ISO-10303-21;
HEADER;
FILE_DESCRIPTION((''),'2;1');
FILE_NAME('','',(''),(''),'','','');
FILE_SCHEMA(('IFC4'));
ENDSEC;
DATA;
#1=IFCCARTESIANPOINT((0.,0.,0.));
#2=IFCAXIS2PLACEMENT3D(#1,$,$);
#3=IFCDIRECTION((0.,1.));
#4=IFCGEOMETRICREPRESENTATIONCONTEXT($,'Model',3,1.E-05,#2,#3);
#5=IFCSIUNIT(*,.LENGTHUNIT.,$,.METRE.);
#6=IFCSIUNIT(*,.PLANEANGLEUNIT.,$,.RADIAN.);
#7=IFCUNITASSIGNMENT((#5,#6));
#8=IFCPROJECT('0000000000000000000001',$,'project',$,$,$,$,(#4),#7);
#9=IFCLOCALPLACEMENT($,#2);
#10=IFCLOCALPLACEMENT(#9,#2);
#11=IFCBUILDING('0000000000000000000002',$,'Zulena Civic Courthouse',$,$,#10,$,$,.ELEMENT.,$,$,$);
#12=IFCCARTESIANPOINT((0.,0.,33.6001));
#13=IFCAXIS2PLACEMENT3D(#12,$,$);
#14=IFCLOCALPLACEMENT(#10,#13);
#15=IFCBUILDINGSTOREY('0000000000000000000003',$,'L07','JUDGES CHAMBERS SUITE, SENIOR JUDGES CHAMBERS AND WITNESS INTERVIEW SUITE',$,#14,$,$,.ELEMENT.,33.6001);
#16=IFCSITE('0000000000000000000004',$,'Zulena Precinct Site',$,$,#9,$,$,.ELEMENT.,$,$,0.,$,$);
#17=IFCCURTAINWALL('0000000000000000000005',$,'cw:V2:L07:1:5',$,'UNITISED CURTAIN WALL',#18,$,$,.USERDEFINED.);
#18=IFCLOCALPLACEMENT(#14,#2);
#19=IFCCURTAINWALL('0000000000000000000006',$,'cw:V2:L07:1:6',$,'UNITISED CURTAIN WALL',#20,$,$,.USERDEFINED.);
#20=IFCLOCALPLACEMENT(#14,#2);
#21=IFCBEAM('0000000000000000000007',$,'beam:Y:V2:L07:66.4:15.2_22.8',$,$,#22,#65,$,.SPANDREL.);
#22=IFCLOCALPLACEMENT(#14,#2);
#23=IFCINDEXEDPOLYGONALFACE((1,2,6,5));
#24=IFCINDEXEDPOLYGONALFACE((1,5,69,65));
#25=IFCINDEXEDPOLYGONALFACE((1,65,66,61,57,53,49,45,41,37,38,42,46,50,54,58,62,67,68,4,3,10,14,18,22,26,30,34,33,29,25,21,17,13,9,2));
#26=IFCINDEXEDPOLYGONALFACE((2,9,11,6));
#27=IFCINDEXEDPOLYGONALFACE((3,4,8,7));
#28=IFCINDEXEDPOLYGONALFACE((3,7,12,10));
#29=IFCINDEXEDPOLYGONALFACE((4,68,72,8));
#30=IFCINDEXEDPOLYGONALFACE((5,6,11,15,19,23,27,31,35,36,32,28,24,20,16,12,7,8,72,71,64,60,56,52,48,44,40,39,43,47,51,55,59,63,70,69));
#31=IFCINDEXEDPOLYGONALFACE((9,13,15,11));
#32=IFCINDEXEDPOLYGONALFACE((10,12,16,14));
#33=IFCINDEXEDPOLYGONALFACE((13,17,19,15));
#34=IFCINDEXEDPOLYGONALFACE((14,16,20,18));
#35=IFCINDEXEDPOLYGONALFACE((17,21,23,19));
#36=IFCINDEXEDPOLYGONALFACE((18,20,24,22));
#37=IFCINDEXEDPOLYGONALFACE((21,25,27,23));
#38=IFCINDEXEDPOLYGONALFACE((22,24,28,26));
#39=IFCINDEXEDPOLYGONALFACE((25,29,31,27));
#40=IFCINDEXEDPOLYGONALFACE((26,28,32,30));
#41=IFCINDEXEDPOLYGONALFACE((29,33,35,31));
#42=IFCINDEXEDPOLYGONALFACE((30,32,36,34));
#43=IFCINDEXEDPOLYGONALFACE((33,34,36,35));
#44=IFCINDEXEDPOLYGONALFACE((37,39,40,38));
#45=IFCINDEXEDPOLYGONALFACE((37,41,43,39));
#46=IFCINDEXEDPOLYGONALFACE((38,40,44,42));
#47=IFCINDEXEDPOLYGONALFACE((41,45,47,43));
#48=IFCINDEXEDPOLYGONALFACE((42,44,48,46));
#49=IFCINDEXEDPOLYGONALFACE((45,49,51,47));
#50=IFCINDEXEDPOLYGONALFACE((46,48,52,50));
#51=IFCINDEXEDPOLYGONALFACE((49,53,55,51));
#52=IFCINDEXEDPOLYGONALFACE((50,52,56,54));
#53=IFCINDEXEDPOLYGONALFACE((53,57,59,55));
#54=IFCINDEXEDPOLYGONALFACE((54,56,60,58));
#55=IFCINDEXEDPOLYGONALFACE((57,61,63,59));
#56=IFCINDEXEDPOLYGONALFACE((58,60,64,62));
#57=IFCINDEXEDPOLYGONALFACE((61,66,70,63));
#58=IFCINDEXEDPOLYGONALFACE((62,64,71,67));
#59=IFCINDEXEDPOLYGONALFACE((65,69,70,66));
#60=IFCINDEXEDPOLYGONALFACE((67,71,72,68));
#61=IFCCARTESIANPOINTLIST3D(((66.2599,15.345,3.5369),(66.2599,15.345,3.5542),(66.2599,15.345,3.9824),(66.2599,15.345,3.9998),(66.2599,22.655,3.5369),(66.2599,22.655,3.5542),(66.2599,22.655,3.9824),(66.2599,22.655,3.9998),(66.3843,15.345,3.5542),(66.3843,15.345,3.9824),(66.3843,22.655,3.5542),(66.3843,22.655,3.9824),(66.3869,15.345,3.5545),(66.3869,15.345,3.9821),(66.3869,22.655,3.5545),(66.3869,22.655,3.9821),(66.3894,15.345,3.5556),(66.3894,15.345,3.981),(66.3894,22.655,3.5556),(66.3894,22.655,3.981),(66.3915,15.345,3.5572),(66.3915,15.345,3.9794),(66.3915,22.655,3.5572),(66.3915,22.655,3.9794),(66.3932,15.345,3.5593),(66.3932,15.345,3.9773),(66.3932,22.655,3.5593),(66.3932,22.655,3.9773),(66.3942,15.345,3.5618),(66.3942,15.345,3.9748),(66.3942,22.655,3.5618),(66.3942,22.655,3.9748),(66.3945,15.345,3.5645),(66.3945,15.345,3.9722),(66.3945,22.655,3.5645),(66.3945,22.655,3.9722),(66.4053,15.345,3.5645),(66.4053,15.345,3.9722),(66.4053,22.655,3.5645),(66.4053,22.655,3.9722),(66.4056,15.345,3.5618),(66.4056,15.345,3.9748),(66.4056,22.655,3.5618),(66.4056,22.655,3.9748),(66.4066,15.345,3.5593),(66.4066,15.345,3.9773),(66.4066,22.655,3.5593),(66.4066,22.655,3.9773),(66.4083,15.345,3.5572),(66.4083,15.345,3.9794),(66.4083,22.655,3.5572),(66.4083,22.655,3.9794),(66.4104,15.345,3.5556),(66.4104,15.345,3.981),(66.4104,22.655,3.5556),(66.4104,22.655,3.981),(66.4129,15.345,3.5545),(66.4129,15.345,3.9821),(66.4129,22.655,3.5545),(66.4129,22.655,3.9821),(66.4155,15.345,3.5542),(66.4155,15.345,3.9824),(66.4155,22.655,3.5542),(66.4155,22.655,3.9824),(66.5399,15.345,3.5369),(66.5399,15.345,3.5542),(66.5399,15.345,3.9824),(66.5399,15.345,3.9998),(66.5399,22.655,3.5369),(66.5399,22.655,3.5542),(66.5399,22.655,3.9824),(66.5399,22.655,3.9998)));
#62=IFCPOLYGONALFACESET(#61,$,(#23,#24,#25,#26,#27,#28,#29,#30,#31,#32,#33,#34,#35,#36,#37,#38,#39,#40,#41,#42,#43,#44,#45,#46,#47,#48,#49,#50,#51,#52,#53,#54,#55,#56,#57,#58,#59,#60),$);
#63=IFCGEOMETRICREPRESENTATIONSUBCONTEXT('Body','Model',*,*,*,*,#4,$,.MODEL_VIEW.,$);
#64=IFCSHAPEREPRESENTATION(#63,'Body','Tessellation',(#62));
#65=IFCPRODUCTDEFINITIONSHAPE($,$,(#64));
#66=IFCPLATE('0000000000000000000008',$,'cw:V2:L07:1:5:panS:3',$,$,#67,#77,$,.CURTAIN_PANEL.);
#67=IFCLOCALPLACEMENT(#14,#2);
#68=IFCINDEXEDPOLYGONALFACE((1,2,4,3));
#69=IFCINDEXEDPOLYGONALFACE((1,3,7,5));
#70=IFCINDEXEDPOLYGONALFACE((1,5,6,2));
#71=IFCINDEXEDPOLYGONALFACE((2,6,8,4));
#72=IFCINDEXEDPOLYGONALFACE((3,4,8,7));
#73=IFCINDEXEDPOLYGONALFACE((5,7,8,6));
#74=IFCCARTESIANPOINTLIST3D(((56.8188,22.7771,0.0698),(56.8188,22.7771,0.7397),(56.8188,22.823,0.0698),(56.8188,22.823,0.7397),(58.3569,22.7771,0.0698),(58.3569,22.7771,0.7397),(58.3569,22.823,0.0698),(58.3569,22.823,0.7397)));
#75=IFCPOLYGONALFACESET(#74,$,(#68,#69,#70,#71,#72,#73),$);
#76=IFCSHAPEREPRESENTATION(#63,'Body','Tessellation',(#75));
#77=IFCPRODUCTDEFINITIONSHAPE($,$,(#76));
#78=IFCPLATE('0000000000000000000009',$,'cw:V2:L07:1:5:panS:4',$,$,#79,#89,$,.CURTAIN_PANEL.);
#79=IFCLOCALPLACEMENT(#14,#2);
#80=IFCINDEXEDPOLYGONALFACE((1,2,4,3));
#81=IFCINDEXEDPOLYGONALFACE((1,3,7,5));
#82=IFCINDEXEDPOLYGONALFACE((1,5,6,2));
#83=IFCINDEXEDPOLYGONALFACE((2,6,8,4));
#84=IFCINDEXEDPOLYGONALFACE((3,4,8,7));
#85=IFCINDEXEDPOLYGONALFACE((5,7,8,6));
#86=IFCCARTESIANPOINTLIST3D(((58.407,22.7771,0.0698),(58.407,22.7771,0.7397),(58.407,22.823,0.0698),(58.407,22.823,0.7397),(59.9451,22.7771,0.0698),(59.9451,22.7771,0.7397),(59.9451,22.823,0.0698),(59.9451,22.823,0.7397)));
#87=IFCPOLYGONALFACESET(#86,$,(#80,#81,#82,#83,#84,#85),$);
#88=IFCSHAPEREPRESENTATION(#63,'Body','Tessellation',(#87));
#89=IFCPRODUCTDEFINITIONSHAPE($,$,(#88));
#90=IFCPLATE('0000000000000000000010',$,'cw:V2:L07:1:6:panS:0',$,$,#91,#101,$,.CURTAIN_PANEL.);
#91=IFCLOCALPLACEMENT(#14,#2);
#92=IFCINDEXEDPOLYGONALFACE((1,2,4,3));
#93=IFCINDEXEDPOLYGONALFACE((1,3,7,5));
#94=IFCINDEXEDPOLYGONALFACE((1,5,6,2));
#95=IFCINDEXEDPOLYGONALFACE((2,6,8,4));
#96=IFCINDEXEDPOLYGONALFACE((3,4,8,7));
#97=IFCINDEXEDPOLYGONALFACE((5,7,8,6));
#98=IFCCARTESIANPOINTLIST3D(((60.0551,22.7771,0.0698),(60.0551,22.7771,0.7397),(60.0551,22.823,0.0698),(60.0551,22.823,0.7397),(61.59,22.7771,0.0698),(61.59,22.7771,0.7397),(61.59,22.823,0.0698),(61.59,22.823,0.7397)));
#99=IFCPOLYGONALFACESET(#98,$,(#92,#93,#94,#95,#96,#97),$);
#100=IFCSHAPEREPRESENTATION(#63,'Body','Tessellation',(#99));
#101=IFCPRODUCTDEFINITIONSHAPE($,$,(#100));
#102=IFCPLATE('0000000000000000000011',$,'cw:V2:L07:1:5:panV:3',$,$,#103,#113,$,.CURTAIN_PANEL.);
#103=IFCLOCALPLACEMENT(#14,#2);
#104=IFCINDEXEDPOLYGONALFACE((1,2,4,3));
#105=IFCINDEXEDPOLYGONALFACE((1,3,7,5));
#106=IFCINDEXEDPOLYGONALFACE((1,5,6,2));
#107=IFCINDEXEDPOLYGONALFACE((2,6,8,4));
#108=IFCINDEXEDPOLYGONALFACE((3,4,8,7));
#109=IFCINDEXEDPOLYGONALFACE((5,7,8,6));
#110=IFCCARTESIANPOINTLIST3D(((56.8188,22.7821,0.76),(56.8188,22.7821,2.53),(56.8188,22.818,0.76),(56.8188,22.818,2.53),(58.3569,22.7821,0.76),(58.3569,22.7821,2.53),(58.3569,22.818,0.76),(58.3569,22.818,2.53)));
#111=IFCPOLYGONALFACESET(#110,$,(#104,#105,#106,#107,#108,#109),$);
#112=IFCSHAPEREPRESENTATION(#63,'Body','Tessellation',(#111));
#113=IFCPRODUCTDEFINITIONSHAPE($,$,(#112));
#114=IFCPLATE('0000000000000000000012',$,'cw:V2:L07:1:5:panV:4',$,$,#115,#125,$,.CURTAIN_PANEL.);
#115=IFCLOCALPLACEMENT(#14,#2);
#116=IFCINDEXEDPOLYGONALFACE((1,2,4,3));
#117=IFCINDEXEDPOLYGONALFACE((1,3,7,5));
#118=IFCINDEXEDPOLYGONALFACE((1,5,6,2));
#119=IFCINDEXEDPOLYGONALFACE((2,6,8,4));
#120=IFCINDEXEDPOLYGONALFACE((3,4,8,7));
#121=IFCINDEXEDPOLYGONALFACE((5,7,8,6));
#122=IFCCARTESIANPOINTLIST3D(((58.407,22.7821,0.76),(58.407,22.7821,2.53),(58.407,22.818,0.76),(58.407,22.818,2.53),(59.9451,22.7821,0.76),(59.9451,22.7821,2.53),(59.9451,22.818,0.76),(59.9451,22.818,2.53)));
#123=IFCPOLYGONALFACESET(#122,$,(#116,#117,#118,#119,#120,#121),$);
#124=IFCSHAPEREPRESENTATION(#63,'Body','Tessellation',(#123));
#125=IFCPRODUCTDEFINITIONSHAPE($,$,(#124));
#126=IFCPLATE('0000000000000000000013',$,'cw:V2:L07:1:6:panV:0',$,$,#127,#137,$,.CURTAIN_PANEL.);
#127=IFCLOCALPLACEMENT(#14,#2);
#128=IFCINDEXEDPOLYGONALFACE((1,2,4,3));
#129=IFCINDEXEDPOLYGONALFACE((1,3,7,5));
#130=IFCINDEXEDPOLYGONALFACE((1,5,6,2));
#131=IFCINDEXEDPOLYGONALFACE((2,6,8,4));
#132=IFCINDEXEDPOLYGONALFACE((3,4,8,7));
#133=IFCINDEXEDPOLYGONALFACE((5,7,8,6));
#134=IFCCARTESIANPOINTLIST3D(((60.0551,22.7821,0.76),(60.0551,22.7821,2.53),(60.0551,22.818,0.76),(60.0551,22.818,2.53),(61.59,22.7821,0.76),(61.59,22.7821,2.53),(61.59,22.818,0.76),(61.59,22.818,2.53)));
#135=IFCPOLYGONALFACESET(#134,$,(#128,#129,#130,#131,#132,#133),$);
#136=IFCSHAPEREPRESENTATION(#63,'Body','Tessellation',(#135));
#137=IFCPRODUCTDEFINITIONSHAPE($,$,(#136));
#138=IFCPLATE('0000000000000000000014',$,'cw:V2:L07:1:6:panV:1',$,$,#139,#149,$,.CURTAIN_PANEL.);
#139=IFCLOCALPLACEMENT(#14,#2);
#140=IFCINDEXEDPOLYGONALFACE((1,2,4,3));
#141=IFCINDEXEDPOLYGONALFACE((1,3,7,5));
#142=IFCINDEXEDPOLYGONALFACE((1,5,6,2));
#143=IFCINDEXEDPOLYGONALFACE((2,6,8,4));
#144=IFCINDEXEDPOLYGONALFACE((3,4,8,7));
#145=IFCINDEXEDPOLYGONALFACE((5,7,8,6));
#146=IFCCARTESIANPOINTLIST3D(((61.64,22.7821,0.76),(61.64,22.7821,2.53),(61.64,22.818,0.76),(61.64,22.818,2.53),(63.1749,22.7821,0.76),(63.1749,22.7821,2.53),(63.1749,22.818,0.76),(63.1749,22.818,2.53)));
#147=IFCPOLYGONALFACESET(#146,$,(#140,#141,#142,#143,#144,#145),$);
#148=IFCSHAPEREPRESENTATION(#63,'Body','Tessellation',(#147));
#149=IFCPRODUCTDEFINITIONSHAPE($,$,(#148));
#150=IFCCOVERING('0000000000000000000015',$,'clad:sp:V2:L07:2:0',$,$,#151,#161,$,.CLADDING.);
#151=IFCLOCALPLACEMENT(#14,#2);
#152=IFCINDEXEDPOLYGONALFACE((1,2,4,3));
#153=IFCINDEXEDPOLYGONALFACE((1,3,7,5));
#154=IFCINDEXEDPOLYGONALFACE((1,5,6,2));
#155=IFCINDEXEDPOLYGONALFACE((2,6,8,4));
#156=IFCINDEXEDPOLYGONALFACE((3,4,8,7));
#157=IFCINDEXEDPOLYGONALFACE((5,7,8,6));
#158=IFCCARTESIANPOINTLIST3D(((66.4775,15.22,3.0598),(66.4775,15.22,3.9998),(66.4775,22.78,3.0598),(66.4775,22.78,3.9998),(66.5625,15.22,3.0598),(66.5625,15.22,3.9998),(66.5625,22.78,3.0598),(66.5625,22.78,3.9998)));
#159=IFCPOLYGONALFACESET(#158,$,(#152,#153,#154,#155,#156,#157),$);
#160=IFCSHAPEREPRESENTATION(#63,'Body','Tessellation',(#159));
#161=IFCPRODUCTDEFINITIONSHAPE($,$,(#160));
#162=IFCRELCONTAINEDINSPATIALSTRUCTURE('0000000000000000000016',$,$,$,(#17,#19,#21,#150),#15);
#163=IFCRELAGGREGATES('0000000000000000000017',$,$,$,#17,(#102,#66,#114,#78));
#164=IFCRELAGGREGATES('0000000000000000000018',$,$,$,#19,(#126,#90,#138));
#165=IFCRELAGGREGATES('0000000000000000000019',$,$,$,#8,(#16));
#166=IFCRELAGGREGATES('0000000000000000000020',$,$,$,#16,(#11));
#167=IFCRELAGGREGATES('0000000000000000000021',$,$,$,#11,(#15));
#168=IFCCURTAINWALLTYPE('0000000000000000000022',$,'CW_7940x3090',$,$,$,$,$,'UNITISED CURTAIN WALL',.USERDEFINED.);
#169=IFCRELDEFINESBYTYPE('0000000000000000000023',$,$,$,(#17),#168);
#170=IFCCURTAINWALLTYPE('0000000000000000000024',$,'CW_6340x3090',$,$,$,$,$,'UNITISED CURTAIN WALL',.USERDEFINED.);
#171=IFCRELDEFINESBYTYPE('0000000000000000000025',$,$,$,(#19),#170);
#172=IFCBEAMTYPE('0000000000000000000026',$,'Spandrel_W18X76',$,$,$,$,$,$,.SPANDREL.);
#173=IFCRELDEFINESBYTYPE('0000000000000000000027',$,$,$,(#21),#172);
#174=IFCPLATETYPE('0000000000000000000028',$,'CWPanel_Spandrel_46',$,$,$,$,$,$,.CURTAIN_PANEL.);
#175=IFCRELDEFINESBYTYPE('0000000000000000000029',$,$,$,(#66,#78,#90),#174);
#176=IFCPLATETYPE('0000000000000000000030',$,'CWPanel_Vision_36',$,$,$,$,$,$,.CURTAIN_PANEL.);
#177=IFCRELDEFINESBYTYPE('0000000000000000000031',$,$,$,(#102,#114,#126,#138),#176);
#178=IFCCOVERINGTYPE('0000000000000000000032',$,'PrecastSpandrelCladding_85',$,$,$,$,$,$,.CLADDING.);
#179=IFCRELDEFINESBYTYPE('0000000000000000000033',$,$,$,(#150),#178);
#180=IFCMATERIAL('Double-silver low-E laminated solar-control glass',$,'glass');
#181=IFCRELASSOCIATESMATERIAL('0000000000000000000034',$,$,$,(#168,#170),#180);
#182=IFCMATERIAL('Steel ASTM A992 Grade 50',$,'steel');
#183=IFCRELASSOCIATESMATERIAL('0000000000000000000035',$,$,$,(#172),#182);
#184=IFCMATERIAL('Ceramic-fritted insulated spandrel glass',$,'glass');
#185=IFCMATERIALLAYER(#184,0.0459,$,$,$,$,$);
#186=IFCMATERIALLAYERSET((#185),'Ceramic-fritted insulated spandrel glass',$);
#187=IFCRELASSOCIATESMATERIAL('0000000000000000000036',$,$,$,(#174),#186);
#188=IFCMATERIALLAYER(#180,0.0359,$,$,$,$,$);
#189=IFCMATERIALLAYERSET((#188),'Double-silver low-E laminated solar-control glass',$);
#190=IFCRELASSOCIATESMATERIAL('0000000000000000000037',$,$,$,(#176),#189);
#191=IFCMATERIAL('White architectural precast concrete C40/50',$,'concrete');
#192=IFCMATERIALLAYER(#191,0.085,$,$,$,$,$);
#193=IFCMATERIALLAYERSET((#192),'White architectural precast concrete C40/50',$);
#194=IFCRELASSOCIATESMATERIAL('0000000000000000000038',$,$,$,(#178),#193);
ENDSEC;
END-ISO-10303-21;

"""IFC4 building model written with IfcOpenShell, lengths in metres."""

from ifc_helpers import new_model, si_unit, direction, frame, origin, origin_2d, place, context, subcontext, project, spatial, rectangle, i_section, extrude, material, layer, layer_set, material_profile, profile_set, type_object, element, aggregate, save


model = new_model("IFC4")

# Units and contexts
model_context = context("Model", 3, precision=1e-05, world=origin(), true_north=direction((0.0, 1.0)))
body_context = subcontext(model_context, "Body", "Model", "MODEL_VIEW")
ifc_project = project(units=[si_unit("LENGTHUNIT", "METRE"), si_unit("PLANEANGLEUNIT", "RADIAN")], contexts=[model_context])

# Site, building, storey
site_placement = place(None, origin())
site = spatial("IfcSite", under=ifc_project, at=site_placement, Name="Zulena Precinct Site", CompositionType="ELEMENT", RefElevation=0.0)
building_placement = place(site_placement, origin())
building = spatial("IfcBuilding", under=site, at=building_placement, Name="Zulena Civic Courthouse", CompositionType="ELEMENT")
storey_placement = place(building_placement, frame((0.0, 0.0, 33.6001)))
storey = spatial("IfcBuildingStorey", under=building, at=storey_placement, Name="L07", Description="JUDGES CHAMBERS SUITE, SENIOR JUDGES CHAMBERS AND WITNESS INTERVIEW SUITE", CompositionType="ELEMENT", Elevation=33.6001)

# Shared definitions
ifc_material_1 = material(Name="Steel ASTM A992 Grade 50", Category="steel")

# Curtain walls
ifc_material_2 = material(Name="Double-silver low-E laminated solar-control glass", Category="glass")
curtain_wall_type_1 = type_object("IfcCurtainWallType", Name="CW_7940x3090", ElementType="UNITISED CURTAIN WALL", PredefinedType="USERDEFINED", material=ifc_material_2)
curtain_wall_1_placement = place(storey_placement, origin())
curtain_wall_1 = element("IfcCurtainWall", 1, at=curtain_wall_1_placement, inside=storey, type_object=curtain_wall_type_1, Name="cw:V2:L07:1:5", ObjectType="UNITISED CURTAIN WALL", PredefinedType="USERDEFINED")
curtain_wall_type_2 = type_object("IfcCurtainWallType", Name="CW_6340x3090", ElementType="UNITISED CURTAIN WALL", PredefinedType="USERDEFINED", material=ifc_material_2)
curtain_wall_2_placement = place(storey_placement, origin())
curtain_wall_2 = element("IfcCurtainWall", 2, at=curtain_wall_2_placement, inside=storey, type_object=curtain_wall_type_2, Name="cw:V2:L07:1:6", ObjectType="UNITISED CURTAIN WALL", PredefinedType="USERDEFINED")

# Beam
ifc_material_profile_1 = material_profile(ifc_material_1, i_section(OverallWidth=0.28, OverallDepth=0.4629, WebThickness=0.0107, FlangeThickness=0.0173, FilletRadius=0.0103, at=origin_2d()), Name="W18X76")
ifc_profile_set_1 = profile_set([ifc_material_profile_1], Name="Steel ASTM A992 Grade 50")
beam_type_1 = type_object("IfcBeamType", Name="Spandrel_W18X76", PredefinedType="SPANDREL", material=ifc_profile_set_1)
for number, where, z_axis, x_axis, name in (
    (3, (66.3999, 15.345, 3.7683), (0.0, 1.0, 0.0), (-1.0, 0.0, 0.0), "beam:Y:V2:L07:66.4:15.2_22.8"),
):
    element("IfcBeam", number, at=place(storey_placement, frame(where, z_axis=z_axis, x_axis=x_axis)), inside=storey, type_object=beam_type_1, Name=name, PredefinedType="SPANDREL", context=body_context, shape_type="SweptSolid", body=[
        extrude(i_section(OverallWidth=0.28, OverallDepth=0.4629, WebThickness=0.0107, FlangeThickness=0.0173, FilletRadius=0.0103, at=origin_2d()), origin(), (0.0, 0.0, 1.0), 7.3101),
    ])

# Plates
ifc_material_3 = material(Name="Ceramic-fritted insulated spandrel glass", Category="glass")
ifc_layer_1 = layer(ifc_material_3, 0.0459)
ifc_layer_set_1 = layer_set([ifc_layer_1], Name="Ceramic-fritted insulated spandrel glass")
plate_type_1 = type_object("IfcPlateType", Name="CWPanel_Spandrel_46", PredefinedType="CURTAIN_PANEL", material=ifc_layer_set_1)
plate_1_placement = place(storey_placement, frame((57.5879, 22.8, 0.0698), z_axis=(0.0, 0.0, 1.0), x_axis=(1.0, 0.0, 0.0)))
plate_1 = element("IfcPlate", 4, at=plate_1_placement, type_object=plate_type_1, Name="cw:V2:L07:1:5:panS:3", PredefinedType="CURTAIN_PANEL", context=body_context, shape_type="SweptSolid", body=[
    extrude(rectangle(XDim=1.5381, YDim=0.0459, at=origin_2d()), origin(), (0.0, 0.0, 1.0), 0.6699),
])
plate_2_placement = place(storey_placement, frame((59.176, 22.8, 0.0698), z_axis=(0.0, 0.0, 1.0), x_axis=(1.0, 0.0, 0.0)))
plate_2 = element("IfcPlate", 5, at=plate_2_placement, type_object=plate_type_1, Name="cw:V2:L07:1:5:panS:4", PredefinedType="CURTAIN_PANEL", context=body_context, shape_type="SweptSolid", body=[
    extrude(rectangle(XDim=1.5381, YDim=0.0459, at=origin_2d()), origin(), (0.0, 0.0, 1.0), 0.6699),
])
plate_3_placement = place(storey_placement, frame((60.8225, 22.8, 0.0698), z_axis=(0.0, 0.0, 1.0), x_axis=(1.0, 0.0, 0.0)))
plate_3 = element("IfcPlate", 6, at=plate_3_placement, type_object=plate_type_1, Name="cw:V2:L07:1:6:panS:0", PredefinedType="CURTAIN_PANEL", context=body_context, shape_type="SweptSolid", body=[
    extrude(rectangle(XDim=1.5349, YDim=0.0459, at=origin_2d()), origin(), (0.0, 0.0, 1.0), 0.6699),
])
ifc_layer_2 = layer(ifc_material_2, 0.0359)
ifc_layer_set_2 = layer_set([ifc_layer_2], Name="Double-silver low-E laminated solar-control glass")
plate_type_2 = type_object("IfcPlateType", Name="CWPanel_Vision_36", PredefinedType="CURTAIN_PANEL", material=ifc_layer_set_2)
plate_4_placement = place(storey_placement, frame((57.5879, 22.8, 0.76), z_axis=(0.0, 0.0, 1.0), x_axis=(1.0, 0.0, 0.0)))
plate_4 = element("IfcPlate", 7, at=plate_4_placement, type_object=plate_type_2, Name="cw:V2:L07:1:5:panV:3", PredefinedType="CURTAIN_PANEL", context=body_context, shape_type="SweptSolid", body=[
    extrude(rectangle(XDim=1.5381, YDim=0.0359, at=origin_2d()), origin(), (0.0, 0.0, 1.0), 1.77),
])
plate_5_placement = place(storey_placement, frame((59.176, 22.8, 0.76), z_axis=(0.0, 0.0, 1.0), x_axis=(1.0, 0.0, 0.0)))
plate_5 = element("IfcPlate", 8, at=plate_5_placement, type_object=plate_type_2, Name="cw:V2:L07:1:5:panV:4", PredefinedType="CURTAIN_PANEL", context=body_context, shape_type="SweptSolid", body=[
    extrude(rectangle(XDim=1.5381, YDim=0.0359, at=origin_2d()), origin(), (0.0, 0.0, 1.0), 1.77),
])
aggregate(curtain_wall_1, [plate_4, plate_1, plate_5, plate_2])
plate_6_placement = place(storey_placement, frame((60.8225, 22.8, 0.76), z_axis=(0.0, 0.0, 1.0), x_axis=(1.0, 0.0, 0.0)))
plate_6 = element("IfcPlate", 9, at=plate_6_placement, type_object=plate_type_2, Name="cw:V2:L07:1:6:panV:0", PredefinedType="CURTAIN_PANEL", context=body_context, shape_type="SweptSolid", body=[
    extrude(rectangle(XDim=1.5349, YDim=0.0359, at=origin_2d()), origin(), (0.0, 0.0, 1.0), 1.77),
])
plate_7_placement = place(storey_placement, frame((62.4075, 22.8, 0.76), z_axis=(0.0, 0.0, 1.0), x_axis=(1.0, 0.0, 0.0)))
plate_7 = element("IfcPlate", 10, at=plate_7_placement, type_object=plate_type_2, Name="cw:V2:L07:1:6:panV:1", PredefinedType="CURTAIN_PANEL", context=body_context, shape_type="SweptSolid", body=[
    extrude(rectangle(XDim=1.5349, YDim=0.0359, at=origin_2d()), origin(), (0.0, 0.0, 1.0), 1.77),
])
aggregate(curtain_wall_2, [plate_6, plate_3, plate_7])

# Covering
ifc_material_4 = material(Name="White architectural precast concrete C40/50", Category="concrete")
ifc_layer_3 = layer(ifc_material_4, 0.085)
ifc_layer_set_3 = layer_set([ifc_layer_3], Name="White architectural precast concrete C40/50")
covering_type = type_object("IfcCoveringType", Name="PrecastSpandrelCladding_85", PredefinedType="CLADDING", material=ifc_layer_set_3)
covering_placement = place(storey_placement, frame((66.52, 19.0, 3.0598), z_axis=(0.0, 0.0, 1.0), x_axis=(0.0, -1.0, 0.0)))
element("IfcCovering", 11, at=covering_placement, inside=storey, type_object=covering_type, Name="clad:sp:V2:L07:2:0", PredefinedType="CLADDING", context=body_context, shape_type="SweptSolid", body=[
    extrude(rectangle(XDim=7.5601, YDim=0.085, at=origin_2d()), origin(), (0.0, 0.0, 1.0), 0.9399),
])

save(model, "model.ifc")
